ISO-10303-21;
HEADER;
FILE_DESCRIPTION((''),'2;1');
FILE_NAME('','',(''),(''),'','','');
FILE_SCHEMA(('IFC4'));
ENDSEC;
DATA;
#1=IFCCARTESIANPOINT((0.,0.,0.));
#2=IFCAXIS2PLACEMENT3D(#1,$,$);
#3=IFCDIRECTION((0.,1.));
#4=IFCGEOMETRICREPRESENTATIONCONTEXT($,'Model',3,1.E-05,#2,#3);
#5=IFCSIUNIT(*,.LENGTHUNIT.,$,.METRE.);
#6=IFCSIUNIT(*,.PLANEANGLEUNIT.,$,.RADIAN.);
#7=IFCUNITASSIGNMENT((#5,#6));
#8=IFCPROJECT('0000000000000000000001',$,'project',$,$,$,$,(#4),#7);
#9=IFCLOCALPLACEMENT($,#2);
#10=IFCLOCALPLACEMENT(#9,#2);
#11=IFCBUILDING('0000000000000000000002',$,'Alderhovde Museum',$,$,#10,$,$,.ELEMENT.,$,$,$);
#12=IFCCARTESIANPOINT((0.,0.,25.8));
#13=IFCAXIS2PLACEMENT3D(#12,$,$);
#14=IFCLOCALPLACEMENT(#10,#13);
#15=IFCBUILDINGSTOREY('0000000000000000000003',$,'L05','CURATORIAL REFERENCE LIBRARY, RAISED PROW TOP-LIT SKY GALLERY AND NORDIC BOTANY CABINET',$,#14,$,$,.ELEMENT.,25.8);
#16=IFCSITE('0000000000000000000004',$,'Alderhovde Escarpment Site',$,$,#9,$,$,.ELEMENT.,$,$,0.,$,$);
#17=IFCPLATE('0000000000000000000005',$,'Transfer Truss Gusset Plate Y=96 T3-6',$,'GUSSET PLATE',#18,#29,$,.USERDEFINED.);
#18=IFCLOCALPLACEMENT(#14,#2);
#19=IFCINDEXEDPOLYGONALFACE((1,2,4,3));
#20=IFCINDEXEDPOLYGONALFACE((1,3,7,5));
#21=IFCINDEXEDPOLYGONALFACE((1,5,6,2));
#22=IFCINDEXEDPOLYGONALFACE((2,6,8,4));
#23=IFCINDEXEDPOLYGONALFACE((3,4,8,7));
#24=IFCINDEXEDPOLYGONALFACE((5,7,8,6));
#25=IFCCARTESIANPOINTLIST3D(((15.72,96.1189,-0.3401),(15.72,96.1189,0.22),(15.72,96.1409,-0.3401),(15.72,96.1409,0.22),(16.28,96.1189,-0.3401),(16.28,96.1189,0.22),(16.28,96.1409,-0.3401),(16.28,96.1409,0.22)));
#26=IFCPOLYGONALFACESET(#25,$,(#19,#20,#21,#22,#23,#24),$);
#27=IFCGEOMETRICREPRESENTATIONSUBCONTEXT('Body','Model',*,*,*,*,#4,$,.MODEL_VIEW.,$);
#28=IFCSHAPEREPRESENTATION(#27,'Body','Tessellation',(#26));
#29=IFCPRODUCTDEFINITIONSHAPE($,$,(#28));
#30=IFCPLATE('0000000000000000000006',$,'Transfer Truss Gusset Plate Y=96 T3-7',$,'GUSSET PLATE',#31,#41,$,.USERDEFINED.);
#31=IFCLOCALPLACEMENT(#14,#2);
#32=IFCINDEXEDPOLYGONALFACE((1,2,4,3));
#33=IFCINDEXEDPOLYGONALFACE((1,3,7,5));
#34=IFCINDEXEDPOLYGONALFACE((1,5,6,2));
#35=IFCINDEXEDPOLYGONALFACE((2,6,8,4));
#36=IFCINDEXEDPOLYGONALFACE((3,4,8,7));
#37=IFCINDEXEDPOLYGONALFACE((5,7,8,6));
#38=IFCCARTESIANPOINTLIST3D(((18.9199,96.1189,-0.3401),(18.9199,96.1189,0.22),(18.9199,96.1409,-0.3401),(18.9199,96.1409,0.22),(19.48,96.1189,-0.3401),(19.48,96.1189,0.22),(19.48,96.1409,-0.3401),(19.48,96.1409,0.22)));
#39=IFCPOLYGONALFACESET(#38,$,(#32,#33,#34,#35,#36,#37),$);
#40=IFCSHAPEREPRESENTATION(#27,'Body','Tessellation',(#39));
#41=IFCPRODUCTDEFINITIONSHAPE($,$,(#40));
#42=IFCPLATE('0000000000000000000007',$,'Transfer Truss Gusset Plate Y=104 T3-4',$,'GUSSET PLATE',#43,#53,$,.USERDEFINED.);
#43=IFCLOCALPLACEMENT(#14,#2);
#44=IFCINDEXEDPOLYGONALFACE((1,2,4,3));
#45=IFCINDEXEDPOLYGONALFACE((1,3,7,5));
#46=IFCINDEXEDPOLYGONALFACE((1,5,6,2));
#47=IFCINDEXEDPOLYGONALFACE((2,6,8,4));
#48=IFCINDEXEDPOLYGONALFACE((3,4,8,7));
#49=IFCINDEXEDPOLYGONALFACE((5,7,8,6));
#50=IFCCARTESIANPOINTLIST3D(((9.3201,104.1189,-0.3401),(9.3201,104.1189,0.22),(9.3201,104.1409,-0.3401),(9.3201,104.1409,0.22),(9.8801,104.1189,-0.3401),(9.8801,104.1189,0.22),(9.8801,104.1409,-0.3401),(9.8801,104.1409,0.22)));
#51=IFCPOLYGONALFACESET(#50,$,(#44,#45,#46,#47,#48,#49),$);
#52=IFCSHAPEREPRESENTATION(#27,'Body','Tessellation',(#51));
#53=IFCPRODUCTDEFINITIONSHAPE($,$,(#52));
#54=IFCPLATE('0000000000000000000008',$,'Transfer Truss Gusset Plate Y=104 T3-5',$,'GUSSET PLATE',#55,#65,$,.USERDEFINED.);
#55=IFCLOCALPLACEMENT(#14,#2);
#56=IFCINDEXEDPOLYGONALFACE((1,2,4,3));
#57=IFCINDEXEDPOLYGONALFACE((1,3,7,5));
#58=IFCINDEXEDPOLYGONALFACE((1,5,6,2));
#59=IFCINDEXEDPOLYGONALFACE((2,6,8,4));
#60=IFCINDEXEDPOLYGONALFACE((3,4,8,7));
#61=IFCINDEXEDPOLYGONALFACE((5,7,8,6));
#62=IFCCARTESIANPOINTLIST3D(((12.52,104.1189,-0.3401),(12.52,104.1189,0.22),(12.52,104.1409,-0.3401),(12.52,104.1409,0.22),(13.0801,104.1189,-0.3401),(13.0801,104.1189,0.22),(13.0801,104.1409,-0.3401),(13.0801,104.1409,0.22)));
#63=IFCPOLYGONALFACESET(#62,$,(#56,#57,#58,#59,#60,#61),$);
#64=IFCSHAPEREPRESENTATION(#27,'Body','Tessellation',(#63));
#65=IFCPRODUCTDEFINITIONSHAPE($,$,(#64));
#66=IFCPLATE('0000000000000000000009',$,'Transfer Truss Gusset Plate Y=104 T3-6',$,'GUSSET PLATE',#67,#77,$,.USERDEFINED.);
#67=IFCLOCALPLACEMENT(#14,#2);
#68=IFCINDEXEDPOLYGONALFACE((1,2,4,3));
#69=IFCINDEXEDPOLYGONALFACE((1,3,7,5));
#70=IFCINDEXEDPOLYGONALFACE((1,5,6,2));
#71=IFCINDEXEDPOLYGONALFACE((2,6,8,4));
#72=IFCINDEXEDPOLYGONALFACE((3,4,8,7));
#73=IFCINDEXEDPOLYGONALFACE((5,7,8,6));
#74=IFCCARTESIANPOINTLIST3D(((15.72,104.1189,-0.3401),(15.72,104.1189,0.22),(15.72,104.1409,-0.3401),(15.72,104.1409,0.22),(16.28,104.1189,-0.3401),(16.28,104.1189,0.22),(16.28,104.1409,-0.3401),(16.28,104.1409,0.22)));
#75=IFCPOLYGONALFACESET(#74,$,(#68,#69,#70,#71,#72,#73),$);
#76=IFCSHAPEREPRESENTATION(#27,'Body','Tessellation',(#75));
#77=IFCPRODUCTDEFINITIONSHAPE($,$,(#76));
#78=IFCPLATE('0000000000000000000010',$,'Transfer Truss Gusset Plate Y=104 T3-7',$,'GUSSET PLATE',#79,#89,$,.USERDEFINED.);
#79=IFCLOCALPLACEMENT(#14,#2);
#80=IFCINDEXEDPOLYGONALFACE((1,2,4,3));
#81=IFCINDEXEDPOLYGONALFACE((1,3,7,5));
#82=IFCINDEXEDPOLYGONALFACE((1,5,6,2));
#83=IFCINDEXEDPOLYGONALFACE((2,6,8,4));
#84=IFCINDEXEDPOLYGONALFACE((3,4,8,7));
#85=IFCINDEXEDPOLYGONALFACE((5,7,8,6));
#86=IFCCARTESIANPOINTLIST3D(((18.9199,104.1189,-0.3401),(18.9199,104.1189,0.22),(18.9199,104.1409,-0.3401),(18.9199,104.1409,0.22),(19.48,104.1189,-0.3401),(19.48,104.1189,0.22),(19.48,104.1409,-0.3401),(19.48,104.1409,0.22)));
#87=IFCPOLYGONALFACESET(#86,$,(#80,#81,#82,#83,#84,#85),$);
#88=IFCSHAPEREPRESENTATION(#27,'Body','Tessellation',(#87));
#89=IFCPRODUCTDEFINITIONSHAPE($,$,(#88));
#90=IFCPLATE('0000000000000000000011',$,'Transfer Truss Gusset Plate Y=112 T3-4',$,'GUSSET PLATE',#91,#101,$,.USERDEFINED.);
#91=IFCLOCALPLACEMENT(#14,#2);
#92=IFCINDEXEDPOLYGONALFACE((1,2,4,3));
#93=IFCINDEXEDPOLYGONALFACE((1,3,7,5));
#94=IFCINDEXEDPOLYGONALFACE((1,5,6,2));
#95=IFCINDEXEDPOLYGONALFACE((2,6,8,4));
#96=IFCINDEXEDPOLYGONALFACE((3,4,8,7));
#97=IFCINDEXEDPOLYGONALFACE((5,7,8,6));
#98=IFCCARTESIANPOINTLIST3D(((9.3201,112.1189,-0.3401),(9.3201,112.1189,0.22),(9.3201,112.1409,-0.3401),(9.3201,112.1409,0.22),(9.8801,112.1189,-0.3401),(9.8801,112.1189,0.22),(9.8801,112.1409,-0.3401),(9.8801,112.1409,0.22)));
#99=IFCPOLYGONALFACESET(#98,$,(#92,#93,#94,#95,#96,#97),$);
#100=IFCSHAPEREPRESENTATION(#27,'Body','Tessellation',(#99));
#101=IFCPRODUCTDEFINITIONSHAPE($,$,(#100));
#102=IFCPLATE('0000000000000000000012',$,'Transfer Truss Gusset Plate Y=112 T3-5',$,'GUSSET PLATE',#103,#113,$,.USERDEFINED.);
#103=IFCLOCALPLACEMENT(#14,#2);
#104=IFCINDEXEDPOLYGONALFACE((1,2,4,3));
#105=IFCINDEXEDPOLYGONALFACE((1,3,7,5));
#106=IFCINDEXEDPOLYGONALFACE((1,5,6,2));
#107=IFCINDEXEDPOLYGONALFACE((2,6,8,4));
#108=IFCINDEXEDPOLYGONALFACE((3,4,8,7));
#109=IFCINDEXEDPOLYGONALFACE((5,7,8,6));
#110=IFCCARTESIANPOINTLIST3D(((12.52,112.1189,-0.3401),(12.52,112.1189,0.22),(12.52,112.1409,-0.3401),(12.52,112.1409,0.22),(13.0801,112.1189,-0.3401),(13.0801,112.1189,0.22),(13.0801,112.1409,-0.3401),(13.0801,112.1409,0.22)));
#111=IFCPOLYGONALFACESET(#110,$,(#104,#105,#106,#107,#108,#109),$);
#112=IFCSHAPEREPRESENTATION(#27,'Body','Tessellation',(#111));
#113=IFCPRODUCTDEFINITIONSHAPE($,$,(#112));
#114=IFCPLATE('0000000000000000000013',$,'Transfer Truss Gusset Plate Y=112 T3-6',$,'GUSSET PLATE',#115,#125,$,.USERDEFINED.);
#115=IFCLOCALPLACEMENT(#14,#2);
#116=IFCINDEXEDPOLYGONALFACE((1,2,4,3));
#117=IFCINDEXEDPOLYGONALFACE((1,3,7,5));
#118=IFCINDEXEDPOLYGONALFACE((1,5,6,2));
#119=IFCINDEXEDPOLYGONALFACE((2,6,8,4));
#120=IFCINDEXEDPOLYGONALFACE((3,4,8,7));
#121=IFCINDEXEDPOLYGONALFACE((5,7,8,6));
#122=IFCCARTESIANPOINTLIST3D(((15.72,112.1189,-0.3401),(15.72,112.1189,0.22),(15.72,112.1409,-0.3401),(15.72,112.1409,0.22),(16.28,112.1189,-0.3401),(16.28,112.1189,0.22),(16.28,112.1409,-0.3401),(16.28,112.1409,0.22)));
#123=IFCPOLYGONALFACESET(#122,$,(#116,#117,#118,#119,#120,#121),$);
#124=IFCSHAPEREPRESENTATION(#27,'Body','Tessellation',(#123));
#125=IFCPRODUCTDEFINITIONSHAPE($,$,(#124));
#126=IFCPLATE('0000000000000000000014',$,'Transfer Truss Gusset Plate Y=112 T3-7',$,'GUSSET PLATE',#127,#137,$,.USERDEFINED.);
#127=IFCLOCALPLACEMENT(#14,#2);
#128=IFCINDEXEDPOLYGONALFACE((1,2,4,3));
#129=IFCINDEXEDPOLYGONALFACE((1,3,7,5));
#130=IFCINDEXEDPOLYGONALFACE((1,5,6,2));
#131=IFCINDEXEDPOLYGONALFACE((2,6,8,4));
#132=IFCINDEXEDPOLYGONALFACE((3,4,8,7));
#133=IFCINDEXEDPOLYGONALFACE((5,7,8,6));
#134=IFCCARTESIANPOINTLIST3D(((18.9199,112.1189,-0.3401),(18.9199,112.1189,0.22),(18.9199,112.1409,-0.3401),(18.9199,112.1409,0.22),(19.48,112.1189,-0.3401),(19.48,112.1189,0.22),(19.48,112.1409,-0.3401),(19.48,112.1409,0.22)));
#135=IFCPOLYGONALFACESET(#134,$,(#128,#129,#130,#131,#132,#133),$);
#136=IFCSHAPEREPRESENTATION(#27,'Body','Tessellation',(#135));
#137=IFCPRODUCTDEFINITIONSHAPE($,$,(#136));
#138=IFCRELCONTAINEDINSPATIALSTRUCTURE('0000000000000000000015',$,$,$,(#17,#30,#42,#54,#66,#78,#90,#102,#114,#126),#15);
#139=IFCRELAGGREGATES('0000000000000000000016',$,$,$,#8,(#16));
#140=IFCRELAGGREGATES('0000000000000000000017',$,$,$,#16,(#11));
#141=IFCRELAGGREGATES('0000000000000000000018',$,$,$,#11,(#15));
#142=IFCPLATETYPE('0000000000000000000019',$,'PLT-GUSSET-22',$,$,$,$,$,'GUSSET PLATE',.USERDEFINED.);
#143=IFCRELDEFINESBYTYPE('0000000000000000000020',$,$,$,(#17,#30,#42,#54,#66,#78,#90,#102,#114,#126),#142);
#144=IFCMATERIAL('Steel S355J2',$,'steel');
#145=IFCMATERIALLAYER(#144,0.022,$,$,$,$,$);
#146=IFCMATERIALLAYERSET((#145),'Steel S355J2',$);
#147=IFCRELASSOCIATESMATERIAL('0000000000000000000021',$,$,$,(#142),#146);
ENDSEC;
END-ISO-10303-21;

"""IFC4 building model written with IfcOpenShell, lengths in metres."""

from ifc_helpers import new_model, si_unit, direction, frame, origin, origin_2d, place, context, subcontext, project, spatial, rectangle, extrude, material, layer, layer_set, type_object, element, save


model = new_model("IFC4")

# Units and contexts
model_context = context("Model", 3, precision=1e-05, world=origin(), true_north=direction((0.0, 1.0)))
body_context = subcontext(model_context, "Body", "Model", "MODEL_VIEW")
ifc_project = project(units=[si_unit("LENGTHUNIT", "METRE"), si_unit("PLANEANGLEUNIT", "RADIAN")], contexts=[model_context])

# Site, building, storey
site_placement = place(None, origin())
site = spatial("IfcSite", under=ifc_project, at=site_placement, Name="Alderhovde Escarpment Site", CompositionType="ELEMENT", RefElevation=0.0)
building_placement = place(site_placement, origin())
building = spatial("IfcBuilding", under=site, at=building_placement, Name="Alderhovde Museum", CompositionType="ELEMENT")
storey_placement = place(building_placement, frame((0.0, 0.0, 25.8)))
storey = spatial("IfcBuildingStorey", under=building, at=storey_placement, Name="L05", Description="CURATORIAL REFERENCE LIBRARY, RAISED PROW TOP-LIT SKY GALLERY AND NORDIC BOTANY CABINET", CompositionType="ELEMENT", Elevation=25.8)

# Plates
ifc_material_1 = material(Name="Steel S355J2", Category="steel")
ifc_layer = layer(ifc_material_1, 0.022)
ifc_layer_set = layer_set([ifc_layer], Name="Steel S355J2")
plate_type = type_object("IfcPlateType", Name="PLT-GUSSET-22", ElementType="GUSSET PLATE", PredefinedType="USERDEFINED", material=ifc_layer_set)
for number, where, z_axis, x_axis, name in (
    (1, (16.0, 96.1299, -0.3401), (0.0, 0.0, 1.0), (1.0, 0.0, 0.0), "Transfer Truss Gusset Plate Y=96 T3-6"),
    (2, (19.2, 96.1299, -0.3401), (0.0, 0.0, 1.0), (1.0, 0.0, 0.0), "Transfer Truss Gusset Plate Y=96 T3-7"),
    (3, (9.6001, 104.1299, -0.3401), (0.0, 0.0, 1.0), (1.0, 0.0, 0.0), "Transfer Truss Gusset Plate Y=104 T3-4"),
    (4, (12.8, 104.1299, -0.3401), (0.0, 0.0, 1.0), (1.0, 0.0, 0.0), "Transfer Truss Gusset Plate Y=104 T3-5"),
    (5, (16.0, 104.1299, -0.3401), (0.0, 0.0, 1.0), (1.0, 0.0, 0.0), "Transfer Truss Gusset Plate Y=104 T3-6"),
    (6, (19.2, 104.1299, -0.3401), (0.0, 0.0, 1.0), (1.0, 0.0, 0.0), "Transfer Truss Gusset Plate Y=104 T3-7"),
    (7, (9.6001, 112.1299, -0.3401), (0.0, 0.0, 1.0), (1.0, 0.0, 0.0), "Transfer Truss Gusset Plate Y=112 T3-4"),
    (8, (12.8, 112.1299, -0.3401), (0.0, 0.0, 1.0), (1.0, 0.0, 0.0), "Transfer Truss Gusset Plate Y=112 T3-5"),
    (9, (16.0, 112.1299, -0.3401), (0.0, 0.0, 1.0), (1.0, 0.0, 0.0), "Transfer Truss Gusset Plate Y=112 T3-6"),
    (10, (19.2, 112.1299, -0.3401), (0.0, 0.0, 1.0), (1.0, 0.0, 0.0), "Transfer Truss Gusset Plate Y=112 T3-7"),
):
    element("IfcPlate", number, at=place(storey_placement, frame(where, z_axis=z_axis, x_axis=x_axis)), inside=storey, type_object=plate_type, Name=name, ObjectType="GUSSET PLATE", PredefinedType="USERDEFINED", context=body_context, shape_type="SweptSolid", body=[
        extrude(rectangle(XDim=0.5601, YDim=0.022, at=origin_2d()), origin(), (0.0, 0.0, 1.0), 0.5601),
    ])

save(model, "model.ifc")
